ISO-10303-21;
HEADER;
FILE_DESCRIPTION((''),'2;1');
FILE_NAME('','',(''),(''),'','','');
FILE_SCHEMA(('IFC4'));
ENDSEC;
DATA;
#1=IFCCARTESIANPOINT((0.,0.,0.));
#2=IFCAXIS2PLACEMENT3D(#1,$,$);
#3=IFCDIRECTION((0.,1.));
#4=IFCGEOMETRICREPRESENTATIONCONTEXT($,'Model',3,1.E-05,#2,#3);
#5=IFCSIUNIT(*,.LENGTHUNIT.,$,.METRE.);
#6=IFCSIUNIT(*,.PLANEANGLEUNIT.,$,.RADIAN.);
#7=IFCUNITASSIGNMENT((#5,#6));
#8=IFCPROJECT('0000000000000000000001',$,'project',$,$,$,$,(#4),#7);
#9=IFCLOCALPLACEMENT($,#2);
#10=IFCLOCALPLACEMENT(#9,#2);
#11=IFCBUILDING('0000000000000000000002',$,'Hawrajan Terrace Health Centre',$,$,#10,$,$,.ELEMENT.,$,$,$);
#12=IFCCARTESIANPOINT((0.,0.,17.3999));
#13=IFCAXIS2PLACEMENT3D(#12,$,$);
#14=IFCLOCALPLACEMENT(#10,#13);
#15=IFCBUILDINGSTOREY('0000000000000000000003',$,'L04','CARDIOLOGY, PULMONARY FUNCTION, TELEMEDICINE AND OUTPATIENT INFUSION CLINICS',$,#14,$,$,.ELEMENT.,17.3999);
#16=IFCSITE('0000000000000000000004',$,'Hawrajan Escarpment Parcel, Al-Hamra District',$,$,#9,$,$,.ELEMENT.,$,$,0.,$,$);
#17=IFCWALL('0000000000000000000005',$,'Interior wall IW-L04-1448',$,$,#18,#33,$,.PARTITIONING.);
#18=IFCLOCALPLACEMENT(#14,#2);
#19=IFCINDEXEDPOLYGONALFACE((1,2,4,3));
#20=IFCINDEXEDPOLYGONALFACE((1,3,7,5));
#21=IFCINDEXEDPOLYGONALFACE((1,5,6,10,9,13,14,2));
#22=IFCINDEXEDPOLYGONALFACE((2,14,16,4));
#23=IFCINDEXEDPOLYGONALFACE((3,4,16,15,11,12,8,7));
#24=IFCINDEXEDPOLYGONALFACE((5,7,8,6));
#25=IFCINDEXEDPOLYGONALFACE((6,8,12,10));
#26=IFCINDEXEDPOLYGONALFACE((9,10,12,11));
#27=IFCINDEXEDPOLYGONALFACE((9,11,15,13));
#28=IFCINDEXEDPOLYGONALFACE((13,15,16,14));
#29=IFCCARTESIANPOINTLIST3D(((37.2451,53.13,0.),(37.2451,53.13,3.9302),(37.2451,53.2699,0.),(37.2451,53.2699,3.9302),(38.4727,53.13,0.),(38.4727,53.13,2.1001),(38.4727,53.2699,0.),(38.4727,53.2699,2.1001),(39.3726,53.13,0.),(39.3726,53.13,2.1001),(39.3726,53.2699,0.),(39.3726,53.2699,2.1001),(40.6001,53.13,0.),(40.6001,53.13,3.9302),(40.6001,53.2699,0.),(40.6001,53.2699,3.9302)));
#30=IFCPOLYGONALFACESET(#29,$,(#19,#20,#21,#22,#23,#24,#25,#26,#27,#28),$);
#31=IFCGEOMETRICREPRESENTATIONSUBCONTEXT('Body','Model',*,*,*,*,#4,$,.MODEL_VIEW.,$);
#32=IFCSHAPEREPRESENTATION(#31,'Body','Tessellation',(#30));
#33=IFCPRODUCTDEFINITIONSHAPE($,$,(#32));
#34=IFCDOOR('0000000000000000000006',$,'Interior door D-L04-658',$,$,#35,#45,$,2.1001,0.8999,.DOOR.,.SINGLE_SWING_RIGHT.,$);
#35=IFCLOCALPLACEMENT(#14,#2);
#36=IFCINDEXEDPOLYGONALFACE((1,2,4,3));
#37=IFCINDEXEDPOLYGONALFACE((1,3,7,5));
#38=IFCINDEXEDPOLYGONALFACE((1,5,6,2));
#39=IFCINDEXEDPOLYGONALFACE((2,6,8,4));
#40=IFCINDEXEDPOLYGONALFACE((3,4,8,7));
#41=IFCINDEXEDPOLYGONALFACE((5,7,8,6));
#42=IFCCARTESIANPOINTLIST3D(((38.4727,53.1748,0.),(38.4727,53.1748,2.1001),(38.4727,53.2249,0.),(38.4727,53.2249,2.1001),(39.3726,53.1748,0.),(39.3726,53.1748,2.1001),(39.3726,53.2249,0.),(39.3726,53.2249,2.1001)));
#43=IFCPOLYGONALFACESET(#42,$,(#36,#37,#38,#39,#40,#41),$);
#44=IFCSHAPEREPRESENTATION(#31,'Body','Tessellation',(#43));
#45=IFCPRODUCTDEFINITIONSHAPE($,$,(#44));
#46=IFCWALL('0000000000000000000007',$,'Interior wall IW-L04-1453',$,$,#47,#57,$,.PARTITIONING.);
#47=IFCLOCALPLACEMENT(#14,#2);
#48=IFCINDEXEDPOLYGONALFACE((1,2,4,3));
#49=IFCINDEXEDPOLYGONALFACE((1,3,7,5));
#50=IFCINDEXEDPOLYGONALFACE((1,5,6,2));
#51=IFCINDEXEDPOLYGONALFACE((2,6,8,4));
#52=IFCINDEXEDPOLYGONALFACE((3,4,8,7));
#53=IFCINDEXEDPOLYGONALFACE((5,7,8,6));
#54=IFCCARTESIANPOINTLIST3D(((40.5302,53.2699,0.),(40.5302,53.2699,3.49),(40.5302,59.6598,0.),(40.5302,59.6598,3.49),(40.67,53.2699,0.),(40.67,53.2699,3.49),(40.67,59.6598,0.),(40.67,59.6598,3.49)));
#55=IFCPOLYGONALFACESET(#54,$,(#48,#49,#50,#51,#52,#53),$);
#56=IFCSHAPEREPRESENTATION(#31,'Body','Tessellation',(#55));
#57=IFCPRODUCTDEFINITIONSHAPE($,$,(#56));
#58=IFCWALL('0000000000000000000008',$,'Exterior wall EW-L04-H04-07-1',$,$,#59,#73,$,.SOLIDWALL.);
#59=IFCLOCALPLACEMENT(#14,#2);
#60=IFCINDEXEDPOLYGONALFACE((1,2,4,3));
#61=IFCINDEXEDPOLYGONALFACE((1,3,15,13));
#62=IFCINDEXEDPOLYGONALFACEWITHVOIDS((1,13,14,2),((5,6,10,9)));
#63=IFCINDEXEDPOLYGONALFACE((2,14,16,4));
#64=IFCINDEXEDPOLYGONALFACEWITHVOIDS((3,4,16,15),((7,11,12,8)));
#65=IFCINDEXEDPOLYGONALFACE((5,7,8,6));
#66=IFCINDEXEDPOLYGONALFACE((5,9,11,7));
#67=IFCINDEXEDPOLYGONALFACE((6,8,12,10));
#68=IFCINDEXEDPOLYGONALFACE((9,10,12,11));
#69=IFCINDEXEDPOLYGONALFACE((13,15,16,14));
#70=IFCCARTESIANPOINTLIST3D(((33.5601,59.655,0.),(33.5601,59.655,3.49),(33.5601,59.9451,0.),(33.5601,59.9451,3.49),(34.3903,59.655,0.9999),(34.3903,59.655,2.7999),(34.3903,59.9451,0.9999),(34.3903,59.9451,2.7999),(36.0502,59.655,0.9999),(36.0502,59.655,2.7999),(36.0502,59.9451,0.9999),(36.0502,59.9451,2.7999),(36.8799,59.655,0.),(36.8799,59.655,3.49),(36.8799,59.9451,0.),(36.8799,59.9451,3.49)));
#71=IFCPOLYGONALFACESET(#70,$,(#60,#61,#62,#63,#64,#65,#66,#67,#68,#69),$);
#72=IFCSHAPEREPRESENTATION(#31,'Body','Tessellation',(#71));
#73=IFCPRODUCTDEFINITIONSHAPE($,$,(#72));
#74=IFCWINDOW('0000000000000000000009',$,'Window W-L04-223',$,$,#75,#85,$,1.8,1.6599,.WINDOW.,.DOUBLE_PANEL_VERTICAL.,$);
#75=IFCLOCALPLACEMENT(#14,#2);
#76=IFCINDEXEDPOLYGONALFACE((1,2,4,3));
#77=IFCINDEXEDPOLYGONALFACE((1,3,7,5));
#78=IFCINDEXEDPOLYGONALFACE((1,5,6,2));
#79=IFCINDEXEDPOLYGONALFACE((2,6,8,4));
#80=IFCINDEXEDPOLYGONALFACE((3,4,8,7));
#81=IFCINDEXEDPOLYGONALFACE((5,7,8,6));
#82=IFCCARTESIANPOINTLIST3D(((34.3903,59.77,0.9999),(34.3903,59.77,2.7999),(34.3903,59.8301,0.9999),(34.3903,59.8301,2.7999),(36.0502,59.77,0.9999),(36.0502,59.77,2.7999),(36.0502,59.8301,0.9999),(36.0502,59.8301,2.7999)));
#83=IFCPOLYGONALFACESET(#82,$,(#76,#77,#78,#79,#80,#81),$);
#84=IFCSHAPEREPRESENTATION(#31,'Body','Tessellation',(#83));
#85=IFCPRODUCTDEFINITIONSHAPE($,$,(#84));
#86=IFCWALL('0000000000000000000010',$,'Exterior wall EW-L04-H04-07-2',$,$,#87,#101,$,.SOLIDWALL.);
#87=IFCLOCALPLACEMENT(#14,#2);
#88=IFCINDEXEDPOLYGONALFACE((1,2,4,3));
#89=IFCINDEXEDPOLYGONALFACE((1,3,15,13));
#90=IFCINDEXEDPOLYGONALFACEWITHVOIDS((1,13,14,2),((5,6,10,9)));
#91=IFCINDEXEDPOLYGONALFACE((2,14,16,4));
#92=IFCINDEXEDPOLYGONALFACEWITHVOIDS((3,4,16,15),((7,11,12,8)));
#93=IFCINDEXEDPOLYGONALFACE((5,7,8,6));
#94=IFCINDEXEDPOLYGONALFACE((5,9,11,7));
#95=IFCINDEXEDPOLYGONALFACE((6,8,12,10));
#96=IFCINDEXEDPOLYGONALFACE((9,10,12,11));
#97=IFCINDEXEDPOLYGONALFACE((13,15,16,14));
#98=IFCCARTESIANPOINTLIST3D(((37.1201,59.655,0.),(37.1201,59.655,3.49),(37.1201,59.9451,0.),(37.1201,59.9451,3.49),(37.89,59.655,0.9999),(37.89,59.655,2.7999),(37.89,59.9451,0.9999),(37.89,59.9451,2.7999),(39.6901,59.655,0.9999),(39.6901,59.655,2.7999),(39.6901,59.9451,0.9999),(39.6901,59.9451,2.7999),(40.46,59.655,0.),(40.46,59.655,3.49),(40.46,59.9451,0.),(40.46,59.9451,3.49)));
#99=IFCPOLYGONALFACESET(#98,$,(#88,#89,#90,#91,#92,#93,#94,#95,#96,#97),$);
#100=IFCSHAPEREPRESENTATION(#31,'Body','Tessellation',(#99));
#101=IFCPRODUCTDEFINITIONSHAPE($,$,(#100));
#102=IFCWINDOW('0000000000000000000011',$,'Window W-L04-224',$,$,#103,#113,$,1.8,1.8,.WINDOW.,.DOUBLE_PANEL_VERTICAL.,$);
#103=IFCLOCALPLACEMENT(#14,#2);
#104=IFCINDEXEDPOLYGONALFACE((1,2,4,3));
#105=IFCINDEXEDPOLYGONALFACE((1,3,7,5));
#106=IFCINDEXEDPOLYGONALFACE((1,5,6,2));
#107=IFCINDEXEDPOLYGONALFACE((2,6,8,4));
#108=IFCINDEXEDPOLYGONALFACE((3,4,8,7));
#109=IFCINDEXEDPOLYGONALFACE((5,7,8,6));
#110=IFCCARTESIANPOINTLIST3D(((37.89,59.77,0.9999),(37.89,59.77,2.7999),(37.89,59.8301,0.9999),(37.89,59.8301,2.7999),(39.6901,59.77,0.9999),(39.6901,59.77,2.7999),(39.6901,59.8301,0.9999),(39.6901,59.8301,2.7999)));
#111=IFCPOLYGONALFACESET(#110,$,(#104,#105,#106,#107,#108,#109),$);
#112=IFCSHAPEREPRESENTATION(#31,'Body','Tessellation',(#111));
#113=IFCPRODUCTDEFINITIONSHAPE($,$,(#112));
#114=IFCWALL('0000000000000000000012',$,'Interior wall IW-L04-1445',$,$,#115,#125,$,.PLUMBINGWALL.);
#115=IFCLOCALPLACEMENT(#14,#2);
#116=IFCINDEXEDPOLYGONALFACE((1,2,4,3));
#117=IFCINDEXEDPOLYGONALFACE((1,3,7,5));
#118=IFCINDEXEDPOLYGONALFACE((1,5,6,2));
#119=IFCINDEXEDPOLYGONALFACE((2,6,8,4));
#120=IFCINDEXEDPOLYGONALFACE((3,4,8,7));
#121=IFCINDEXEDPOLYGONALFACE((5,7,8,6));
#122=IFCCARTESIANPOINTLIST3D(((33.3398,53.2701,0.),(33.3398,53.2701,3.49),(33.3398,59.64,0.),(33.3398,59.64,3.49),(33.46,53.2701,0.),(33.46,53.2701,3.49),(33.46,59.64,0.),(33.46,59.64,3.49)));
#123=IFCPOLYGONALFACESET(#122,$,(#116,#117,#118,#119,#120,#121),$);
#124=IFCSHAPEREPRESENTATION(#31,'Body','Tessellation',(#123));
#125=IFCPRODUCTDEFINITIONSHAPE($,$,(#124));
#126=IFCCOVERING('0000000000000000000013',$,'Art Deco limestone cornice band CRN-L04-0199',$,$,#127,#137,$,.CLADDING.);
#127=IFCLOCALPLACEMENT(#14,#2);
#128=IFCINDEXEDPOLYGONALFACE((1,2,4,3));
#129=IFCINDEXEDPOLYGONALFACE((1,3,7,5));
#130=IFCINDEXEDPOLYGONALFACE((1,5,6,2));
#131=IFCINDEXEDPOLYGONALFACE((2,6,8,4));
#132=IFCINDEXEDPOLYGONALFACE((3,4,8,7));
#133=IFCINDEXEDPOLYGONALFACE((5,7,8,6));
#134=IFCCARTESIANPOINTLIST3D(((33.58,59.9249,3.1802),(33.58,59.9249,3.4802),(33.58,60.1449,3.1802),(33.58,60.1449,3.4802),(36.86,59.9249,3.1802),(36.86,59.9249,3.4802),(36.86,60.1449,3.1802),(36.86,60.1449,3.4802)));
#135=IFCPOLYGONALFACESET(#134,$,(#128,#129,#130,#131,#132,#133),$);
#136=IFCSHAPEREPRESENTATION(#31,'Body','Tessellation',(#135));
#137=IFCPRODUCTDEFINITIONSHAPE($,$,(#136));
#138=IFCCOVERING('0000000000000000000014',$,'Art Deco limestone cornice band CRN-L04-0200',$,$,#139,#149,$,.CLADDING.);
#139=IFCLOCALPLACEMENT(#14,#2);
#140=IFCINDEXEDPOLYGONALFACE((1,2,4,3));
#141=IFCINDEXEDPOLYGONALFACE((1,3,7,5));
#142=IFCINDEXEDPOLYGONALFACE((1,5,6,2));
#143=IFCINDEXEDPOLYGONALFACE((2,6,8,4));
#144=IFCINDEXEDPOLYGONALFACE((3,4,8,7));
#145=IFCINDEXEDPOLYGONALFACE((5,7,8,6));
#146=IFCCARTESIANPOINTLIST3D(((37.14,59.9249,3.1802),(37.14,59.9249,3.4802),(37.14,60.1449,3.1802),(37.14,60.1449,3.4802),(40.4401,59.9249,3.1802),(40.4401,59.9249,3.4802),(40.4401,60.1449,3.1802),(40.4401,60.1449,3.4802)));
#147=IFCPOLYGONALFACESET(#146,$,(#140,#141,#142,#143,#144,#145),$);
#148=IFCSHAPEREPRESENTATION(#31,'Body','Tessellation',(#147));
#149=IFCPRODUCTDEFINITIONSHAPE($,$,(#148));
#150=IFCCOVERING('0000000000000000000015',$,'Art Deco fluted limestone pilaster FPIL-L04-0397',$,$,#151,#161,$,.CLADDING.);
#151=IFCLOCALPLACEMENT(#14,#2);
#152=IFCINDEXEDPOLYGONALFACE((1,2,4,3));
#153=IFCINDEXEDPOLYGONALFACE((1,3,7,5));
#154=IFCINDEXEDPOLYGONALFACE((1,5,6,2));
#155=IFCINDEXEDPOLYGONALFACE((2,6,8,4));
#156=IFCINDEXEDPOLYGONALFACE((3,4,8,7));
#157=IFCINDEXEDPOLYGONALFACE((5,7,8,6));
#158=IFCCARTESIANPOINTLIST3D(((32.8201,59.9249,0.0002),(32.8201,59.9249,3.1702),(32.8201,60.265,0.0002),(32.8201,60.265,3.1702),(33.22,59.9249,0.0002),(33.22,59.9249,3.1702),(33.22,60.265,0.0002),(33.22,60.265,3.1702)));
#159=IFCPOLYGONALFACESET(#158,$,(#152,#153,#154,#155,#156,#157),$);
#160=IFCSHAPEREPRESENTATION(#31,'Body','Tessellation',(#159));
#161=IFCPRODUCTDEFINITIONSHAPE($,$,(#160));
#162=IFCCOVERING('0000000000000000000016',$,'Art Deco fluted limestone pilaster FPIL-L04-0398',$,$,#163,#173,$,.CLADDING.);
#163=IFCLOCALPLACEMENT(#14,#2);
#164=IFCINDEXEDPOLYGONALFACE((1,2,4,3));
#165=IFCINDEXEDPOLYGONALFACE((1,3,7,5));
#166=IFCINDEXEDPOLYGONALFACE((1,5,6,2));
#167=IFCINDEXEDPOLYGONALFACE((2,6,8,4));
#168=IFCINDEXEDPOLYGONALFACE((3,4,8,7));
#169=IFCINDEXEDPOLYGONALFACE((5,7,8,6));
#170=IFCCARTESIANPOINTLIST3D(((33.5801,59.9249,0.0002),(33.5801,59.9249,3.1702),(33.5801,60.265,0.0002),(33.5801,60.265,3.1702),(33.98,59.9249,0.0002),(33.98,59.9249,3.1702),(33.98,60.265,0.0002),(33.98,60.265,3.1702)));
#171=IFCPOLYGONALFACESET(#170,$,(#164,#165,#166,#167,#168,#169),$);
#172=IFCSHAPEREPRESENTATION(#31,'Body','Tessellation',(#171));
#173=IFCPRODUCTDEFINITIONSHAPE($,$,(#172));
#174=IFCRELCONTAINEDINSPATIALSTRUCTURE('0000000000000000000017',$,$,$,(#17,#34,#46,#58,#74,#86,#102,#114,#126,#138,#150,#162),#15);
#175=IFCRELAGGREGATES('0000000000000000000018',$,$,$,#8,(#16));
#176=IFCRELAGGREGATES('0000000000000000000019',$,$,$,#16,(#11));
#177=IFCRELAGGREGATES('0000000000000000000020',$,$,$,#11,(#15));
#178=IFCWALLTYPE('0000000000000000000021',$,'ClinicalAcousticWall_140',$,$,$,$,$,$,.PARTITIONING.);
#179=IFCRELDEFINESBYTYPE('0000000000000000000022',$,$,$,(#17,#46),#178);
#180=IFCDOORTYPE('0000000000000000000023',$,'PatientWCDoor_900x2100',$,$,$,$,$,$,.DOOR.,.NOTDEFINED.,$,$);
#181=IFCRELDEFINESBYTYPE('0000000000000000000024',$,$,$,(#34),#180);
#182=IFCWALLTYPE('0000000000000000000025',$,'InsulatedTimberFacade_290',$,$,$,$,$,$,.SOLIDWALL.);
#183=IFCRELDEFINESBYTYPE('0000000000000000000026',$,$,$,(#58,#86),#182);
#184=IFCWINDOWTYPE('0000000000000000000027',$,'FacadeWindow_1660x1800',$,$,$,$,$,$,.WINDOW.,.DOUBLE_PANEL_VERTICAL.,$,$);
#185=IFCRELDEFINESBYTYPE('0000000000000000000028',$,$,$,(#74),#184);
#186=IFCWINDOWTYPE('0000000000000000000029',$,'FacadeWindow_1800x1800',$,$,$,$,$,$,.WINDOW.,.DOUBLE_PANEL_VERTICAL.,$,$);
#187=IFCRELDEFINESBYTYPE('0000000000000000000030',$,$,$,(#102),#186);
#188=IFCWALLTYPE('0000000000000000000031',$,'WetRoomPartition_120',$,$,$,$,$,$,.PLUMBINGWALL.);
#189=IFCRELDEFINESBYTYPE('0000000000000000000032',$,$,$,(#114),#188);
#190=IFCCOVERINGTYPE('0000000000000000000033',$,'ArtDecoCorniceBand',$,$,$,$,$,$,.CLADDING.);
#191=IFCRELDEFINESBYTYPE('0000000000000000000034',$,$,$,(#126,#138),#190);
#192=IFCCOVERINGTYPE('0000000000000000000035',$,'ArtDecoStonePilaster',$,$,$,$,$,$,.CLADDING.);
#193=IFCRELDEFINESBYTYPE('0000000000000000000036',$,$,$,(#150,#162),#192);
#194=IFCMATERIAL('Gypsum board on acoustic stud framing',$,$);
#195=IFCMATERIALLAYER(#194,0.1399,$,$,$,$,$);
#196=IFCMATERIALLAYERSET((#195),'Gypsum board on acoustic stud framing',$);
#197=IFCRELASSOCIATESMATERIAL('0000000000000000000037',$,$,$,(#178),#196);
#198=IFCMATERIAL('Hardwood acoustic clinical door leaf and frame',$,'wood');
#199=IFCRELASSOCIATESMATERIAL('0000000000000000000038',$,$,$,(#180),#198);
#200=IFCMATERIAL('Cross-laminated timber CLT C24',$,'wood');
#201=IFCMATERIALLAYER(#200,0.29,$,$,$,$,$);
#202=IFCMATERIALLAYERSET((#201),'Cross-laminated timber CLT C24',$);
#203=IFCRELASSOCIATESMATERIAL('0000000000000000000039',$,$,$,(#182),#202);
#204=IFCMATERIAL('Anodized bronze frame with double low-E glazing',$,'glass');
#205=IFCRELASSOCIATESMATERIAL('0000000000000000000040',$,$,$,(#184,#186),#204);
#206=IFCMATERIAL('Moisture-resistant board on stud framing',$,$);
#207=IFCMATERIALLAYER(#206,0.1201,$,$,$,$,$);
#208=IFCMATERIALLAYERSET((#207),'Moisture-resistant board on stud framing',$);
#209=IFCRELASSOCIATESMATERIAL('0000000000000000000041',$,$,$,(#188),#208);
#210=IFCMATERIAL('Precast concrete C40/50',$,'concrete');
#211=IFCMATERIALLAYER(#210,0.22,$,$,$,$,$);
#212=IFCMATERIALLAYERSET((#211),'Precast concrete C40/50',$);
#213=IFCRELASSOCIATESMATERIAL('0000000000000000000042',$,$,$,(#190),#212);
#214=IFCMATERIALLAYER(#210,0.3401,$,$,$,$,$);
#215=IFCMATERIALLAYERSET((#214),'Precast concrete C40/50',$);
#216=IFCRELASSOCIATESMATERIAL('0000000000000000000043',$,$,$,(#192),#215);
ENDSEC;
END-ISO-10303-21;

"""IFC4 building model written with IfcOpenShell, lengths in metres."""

from ifc_helpers import new_model, si_unit, direction, frame, frame_2d, origin, origin_2d, place, context, subcontext, project, spatial, rectangle, extrude, material, layer, layer_set, type_object, element, fill, save


model = new_model("IFC4")

# Units and contexts
model_context = context("Model", 3, precision=1e-05, world=origin(), true_north=direction((0.0, 1.0)))
body_context = subcontext(model_context, "Body", "Model", "MODEL_VIEW")
ifc_project = project(units=[si_unit("LENGTHUNIT", "METRE"), si_unit("PLANEANGLEUNIT", "RADIAN")], contexts=[model_context])

# Site, building, storey
site_placement = place(None, origin())
site = spatial("IfcSite", under=ifc_project, at=site_placement, Name="Hawrajan Escarpment Parcel, Al-Hamra District", CompositionType="ELEMENT", RefElevation=0.0)
building_placement = place(site_placement, origin())
building = spatial("IfcBuilding", under=site, at=building_placement, Name="Hawrajan Terrace Health Centre", CompositionType="ELEMENT")
storey_placement = place(building_placement, frame((0.0, 0.0, 17.3999)))
storey = spatial("IfcBuildingStorey", under=building, at=storey_placement, Name="L04", Description="CARDIOLOGY, PULMONARY FUNCTION, TELEMEDICINE AND OUTPATIENT INFUSION CLINICS", CompositionType="ELEMENT", Elevation=17.3999)

# Shared definitions
ifc_material_1 = material(Name="Gypsum board on acoustic stud framing")
ifc_layer_1 = layer(ifc_material_1, 0.1399)
ifc_layer_set_1 = layer_set([ifc_layer_1], Name="Gypsum board on acoustic stud framing")
wall_type_1 = type_object("IfcWallType", Name="ClinicalAcousticWall_140", PredefinedType="PARTITIONING", material=ifc_layer_set_1)
ifc_material_2 = material(Name="Hardwood acoustic clinical door leaf and frame", Category="wood")

# Wall, opening, door
wall_1_placement = place(storey_placement, frame((37.2451, 53.2, 0.0), z_axis=(0.0, 0.0, 1.0), x_axis=(1.0, 0.0, 0.0)))
wall_1 = element("IfcWall", 1, at=wall_1_placement, inside=storey, type_object=wall_type_1, Name="Interior wall IW-L04-1448", PredefinedType="PARTITIONING", context=body_context, shape_type="SweptSolid", body=[
    extrude(rectangle(XDim=3.355, YDim=0.1399, at=frame_2d((1.6775, 0.0))), origin(), (0.0, 0.0, 1.0), 3.9302),
])
opening_1_placement = place(wall_1_placement, frame((1.2275, 0.0, 0.0)))
opening_1 = element("IfcOpeningElement", 2, at=opening_1_placement, cuts=wall_1, PredefinedType="OPENING", context=body_context, shape_type="SweptSolid", body=[
    extrude(rectangle(XDim=0.8999, YDim=2.1001, at=frame_2d((0.45, 1.05))), frame((0.0, 0.0798, 0.0), z_axis=(0.0, -1.0, 0.0), x_axis=(1.0, 0.0, 0.0)), (0.0, 0.0, 1.0), 0.1599),
])
door_type_1 = type_object("IfcDoorType", Name="PatientWCDoor_900x2100", OperationType="NOTDEFINED", PredefinedType="DOOR", material=ifc_material_2)
door_1_placement = place(opening_1_placement, origin())
door_1 = element("IfcDoor", 3, at=door_1_placement, inside=storey, type_object=door_type_1, Name="Interior door D-L04-658", OperationType="SINGLE_SWING_RIGHT", OverallHeight=2.1001, OverallWidth=0.8999, PredefinedType="DOOR", context=body_context, shape_type="SweptSolid", body=[
    extrude(rectangle(XDim=0.8999, YDim=2.1001, at=frame_2d((0.45, 1.05))), frame((0.0, 0.0249, 0.0), z_axis=(0.0, -1.0, 0.0), x_axis=(1.0, 0.0, 0.0)), (0.0, 0.0, 1.0), 0.05),
])
fill(opening_1, door_1)

# Wall
wall_2_placement = place(storey_placement, frame((40.6001, 53.27, 0.0), z_axis=(0.0, 0.0, 1.0), x_axis=(0.0, 1.0, 0.0)))
element("IfcWall", 4, at=wall_2_placement, inside=storey, type_object=wall_type_1, Name="Interior wall IW-L04-1453", PredefinedType="PARTITIONING", context=body_context, shape_type="SweptSolid", body=[
    extrude(rectangle(XDim=6.3899, YDim=0.1399, at=frame_2d((3.1948, 0.0))), origin(), (0.0, 0.0, 1.0), 3.49),
])

# Walls, openings, windows
ifc_material_3 = material(Name="Cross-laminated timber CLT C24", Category="wood")
ifc_layer_2 = layer(ifc_material_3, 0.29)
ifc_layer_set_2 = layer_set([ifc_layer_2], Name="Cross-laminated timber CLT C24")
wall_type_2 = type_object("IfcWallType", Name="InsulatedTimberFacade_290", PredefinedType="SOLIDWALL", material=ifc_layer_set_2)
wall_3_placement = place(storey_placement, frame((33.5601, 59.8, 0.0), z_axis=(0.0, 0.0, 1.0), x_axis=(1.0, 0.0, 0.0)))
wall_3 = element("IfcWall", 5, at=wall_3_placement, inside=storey, type_object=wall_type_2, Name="Exterior wall EW-L04-H04-07-1", PredefinedType="SOLIDWALL", context=body_context, shape_type="SweptSolid", body=[
    extrude(rectangle(XDim=3.3198, YDim=0.29, at=frame_2d((1.6599, 0.0))), origin(), (0.0, 0.0, 1.0), 3.49),
])
opening_2_placement = place(wall_3_placement, frame((0.8301, 0.0, 1.0)))
opening_2 = element("IfcOpeningElement", 6, at=opening_2_placement, cuts=wall_3, PredefinedType="OPENING", context=body_context, shape_type="SweptSolid", body=[
    extrude(rectangle(XDim=1.6599, YDim=1.8, at=frame_2d((0.8301, 0.8999))), frame((0.0, 0.155, 0.0), z_axis=(0.0, -1.0, 0.0), x_axis=(1.0, 0.0, 0.0)), (0.0, 0.0, 1.0), 0.3101),
])
ifc_material_4 = material(Name="Anodized bronze frame with double low-E glazing", Category="glass")
window_type_1 = type_object("IfcWindowType", Name="FacadeWindow_1660x1800", PartitioningType="DOUBLE_PANEL_VERTICAL", PredefinedType="WINDOW", material=ifc_material_4)
window_1_placement = place(opening_2_placement, origin())
window_1 = element("IfcWindow", 7, at=window_1_placement, inside=storey, type_object=window_type_1, Name="Window W-L04-223", OverallHeight=1.8, OverallWidth=1.6599, PartitioningType="DOUBLE_PANEL_VERTICAL", PredefinedType="WINDOW", context=body_context, shape_type="SweptSolid", body=[
    extrude(rectangle(XDim=1.6599, YDim=1.8, at=frame_2d((0.8301, 0.8999))), frame((0.0, 0.03, 0.0), z_axis=(0.0, -1.0, 0.0), x_axis=(1.0, 0.0, 0.0)), (0.0, 0.0, 1.0), 0.0601),
])
fill(opening_2, window_1)
wall_4_placement = place(storey_placement, frame((37.1201, 59.8, 0.0), z_axis=(0.0, 0.0, 1.0), x_axis=(1.0, 0.0, 0.0)))
wall_4 = element("IfcWall", 8, at=wall_4_placement, inside=storey, type_object=wall_type_2, Name="Exterior wall EW-L04-H04-07-2", PredefinedType="SOLIDWALL", context=body_context, shape_type="SweptSolid", body=[
    extrude(rectangle(XDim=3.3398, YDim=0.29, at=frame_2d((1.6699, 0.0))), origin(), (0.0, 0.0, 1.0), 3.49),
])
opening_3_placement = place(wall_4_placement, frame((0.77, 0.0, 1.0)))
opening_3 = element("IfcOpeningElement", 9, at=opening_3_placement, cuts=wall_4, PredefinedType="OPENING", context=body_context, shape_type="SweptSolid", body=[
    extrude(rectangle(XDim=1.8, YDim=1.8, at=frame_2d((0.8999, 0.8999))), frame((0.0, 0.155, 0.0), z_axis=(0.0, -1.0, 0.0), x_axis=(1.0, 0.0, 0.0)), (0.0, 0.0, 1.0), 0.3101),
])
window_type_2 = type_object("IfcWindowType", Name="FacadeWindow_1800x1800", PartitioningType="DOUBLE_PANEL_VERTICAL", PredefinedType="WINDOW", material=ifc_material_4)
window_2_placement = place(opening_3_placement, origin())
window_2 = element("IfcWindow", 10, at=window_2_placement, inside=storey, type_object=window_type_2, Name="Window W-L04-224", OverallHeight=1.8, OverallWidth=1.8, PartitioningType="DOUBLE_PANEL_VERTICAL", PredefinedType="WINDOW", context=body_context, shape_type="SweptSolid", body=[
    extrude(rectangle(XDim=1.8, YDim=1.8, at=frame_2d((0.8999, 0.8999))), frame((0.0, 0.03, 0.0), z_axis=(0.0, -1.0, 0.0), x_axis=(1.0, 0.0, 0.0)), (0.0, 0.0, 1.0), 0.0601),
])
fill(opening_3, window_2)

# Wall
ifc_material_5 = material(Name="Moisture-resistant board on stud framing")
ifc_layer_3 = layer(ifc_material_5, 0.1201)
ifc_layer_set_3 = layer_set([ifc_layer_3], Name="Moisture-resistant board on stud framing")
wall_type_3 = type_object("IfcWallType", Name="WetRoomPartition_120", PredefinedType="PLUMBINGWALL", material=ifc_layer_set_3)
wall_5_placement = place(storey_placement, frame((33.3999, 53.27, 0.0), z_axis=(0.0, 0.0, 1.0), x_axis=(0.0, 1.0, 0.0)))
element("IfcWall", 11, at=wall_5_placement, inside=storey, type_object=wall_type_3, Name="Interior wall IW-L04-1445", PredefinedType="PLUMBINGWALL", context=body_context, shape_type="SweptSolid", body=[
    extrude(rectangle(XDim=6.3699, YDim=0.1201, at=frame_2d((3.1851, 0.0))), origin(), (0.0, 0.0, 1.0), 3.49),
])

# Coverings
ifc_material_6 = material(Name="Precast concrete C40/50", Category="concrete")
ifc_layer_4 = layer(ifc_material_6, 0.22)
ifc_layer_set_4 = layer_set([ifc_layer_4], Name="Precast concrete C40/50")
covering_type_1 = type_object("IfcCoveringType", Name="ArtDecoCorniceBand", PredefinedType="CLADDING", material=ifc_layer_set_4)
covering_1_placement = place(storey_placement, frame((35.22, 60.0349, 3.1802), z_axis=(0.0, 0.0, 1.0), x_axis=(1.0, 0.0, 0.0)))
element("IfcCovering", 12, at=covering_1_placement, inside=storey, type_object=covering_type_1, Name="Art Deco limestone cornice band CRN-L04-0199", PredefinedType="CLADDING", context=body_context, shape_type="SweptSolid", body=[
    extrude(rectangle(XDim=3.28, YDim=0.22, at=origin_2d()), origin(), (0.0, 0.0, 1.0), 0.3),
])
covering_2_placement = place(storey_placement, frame((38.79, 60.0349, 3.1802), z_axis=(0.0, 0.0, 1.0), x_axis=(1.0, 0.0, 0.0)))
element("IfcCovering", 13, at=covering_2_placement, inside=storey, type_object=covering_type_1, Name="Art Deco limestone cornice band CRN-L04-0200", PredefinedType="CLADDING", context=body_context, shape_type="SweptSolid", body=[
    extrude(rectangle(XDim=3.3, YDim=0.22, at=origin_2d()), origin(), (0.0, 0.0, 1.0), 0.3),
])
ifc_layer_5 = layer(ifc_material_6, 0.3401)
ifc_layer_set_5 = layer_set([ifc_layer_5], Name="Precast concrete C40/50")
covering_type_2 = type_object("IfcCoveringType", Name="ArtDecoStonePilaster", PredefinedType="CLADDING", material=ifc_layer_set_5)
for number, where, z_axis, x_axis, name in (
    (14, (33.02, 60.095, 0.0002), (0.0, 0.0, 1.0), (1.0, 0.0, 0.0), "Art Deco fluted limestone pilaster FPIL-L04-0397"),
    (15, (33.78, 60.095, 0.0002), (0.0, 0.0, 1.0), (1.0, 0.0, 0.0), "Art Deco fluted limestone pilaster FPIL-L04-0398"),
):
    element("IfcCovering", number, at=place(storey_placement, frame(where, z_axis=z_axis, x_axis=x_axis)), inside=storey, type_object=covering_type_2, Name=name, PredefinedType="CLADDING", context=body_context, shape_type="SweptSolid", body=[
        extrude(rectangle(XDim=0.3999, YDim=0.3401, at=origin_2d()), origin(), (0.0, 0.0, 1.0), 3.1699),
    ])

save(model, "model.ifc")
